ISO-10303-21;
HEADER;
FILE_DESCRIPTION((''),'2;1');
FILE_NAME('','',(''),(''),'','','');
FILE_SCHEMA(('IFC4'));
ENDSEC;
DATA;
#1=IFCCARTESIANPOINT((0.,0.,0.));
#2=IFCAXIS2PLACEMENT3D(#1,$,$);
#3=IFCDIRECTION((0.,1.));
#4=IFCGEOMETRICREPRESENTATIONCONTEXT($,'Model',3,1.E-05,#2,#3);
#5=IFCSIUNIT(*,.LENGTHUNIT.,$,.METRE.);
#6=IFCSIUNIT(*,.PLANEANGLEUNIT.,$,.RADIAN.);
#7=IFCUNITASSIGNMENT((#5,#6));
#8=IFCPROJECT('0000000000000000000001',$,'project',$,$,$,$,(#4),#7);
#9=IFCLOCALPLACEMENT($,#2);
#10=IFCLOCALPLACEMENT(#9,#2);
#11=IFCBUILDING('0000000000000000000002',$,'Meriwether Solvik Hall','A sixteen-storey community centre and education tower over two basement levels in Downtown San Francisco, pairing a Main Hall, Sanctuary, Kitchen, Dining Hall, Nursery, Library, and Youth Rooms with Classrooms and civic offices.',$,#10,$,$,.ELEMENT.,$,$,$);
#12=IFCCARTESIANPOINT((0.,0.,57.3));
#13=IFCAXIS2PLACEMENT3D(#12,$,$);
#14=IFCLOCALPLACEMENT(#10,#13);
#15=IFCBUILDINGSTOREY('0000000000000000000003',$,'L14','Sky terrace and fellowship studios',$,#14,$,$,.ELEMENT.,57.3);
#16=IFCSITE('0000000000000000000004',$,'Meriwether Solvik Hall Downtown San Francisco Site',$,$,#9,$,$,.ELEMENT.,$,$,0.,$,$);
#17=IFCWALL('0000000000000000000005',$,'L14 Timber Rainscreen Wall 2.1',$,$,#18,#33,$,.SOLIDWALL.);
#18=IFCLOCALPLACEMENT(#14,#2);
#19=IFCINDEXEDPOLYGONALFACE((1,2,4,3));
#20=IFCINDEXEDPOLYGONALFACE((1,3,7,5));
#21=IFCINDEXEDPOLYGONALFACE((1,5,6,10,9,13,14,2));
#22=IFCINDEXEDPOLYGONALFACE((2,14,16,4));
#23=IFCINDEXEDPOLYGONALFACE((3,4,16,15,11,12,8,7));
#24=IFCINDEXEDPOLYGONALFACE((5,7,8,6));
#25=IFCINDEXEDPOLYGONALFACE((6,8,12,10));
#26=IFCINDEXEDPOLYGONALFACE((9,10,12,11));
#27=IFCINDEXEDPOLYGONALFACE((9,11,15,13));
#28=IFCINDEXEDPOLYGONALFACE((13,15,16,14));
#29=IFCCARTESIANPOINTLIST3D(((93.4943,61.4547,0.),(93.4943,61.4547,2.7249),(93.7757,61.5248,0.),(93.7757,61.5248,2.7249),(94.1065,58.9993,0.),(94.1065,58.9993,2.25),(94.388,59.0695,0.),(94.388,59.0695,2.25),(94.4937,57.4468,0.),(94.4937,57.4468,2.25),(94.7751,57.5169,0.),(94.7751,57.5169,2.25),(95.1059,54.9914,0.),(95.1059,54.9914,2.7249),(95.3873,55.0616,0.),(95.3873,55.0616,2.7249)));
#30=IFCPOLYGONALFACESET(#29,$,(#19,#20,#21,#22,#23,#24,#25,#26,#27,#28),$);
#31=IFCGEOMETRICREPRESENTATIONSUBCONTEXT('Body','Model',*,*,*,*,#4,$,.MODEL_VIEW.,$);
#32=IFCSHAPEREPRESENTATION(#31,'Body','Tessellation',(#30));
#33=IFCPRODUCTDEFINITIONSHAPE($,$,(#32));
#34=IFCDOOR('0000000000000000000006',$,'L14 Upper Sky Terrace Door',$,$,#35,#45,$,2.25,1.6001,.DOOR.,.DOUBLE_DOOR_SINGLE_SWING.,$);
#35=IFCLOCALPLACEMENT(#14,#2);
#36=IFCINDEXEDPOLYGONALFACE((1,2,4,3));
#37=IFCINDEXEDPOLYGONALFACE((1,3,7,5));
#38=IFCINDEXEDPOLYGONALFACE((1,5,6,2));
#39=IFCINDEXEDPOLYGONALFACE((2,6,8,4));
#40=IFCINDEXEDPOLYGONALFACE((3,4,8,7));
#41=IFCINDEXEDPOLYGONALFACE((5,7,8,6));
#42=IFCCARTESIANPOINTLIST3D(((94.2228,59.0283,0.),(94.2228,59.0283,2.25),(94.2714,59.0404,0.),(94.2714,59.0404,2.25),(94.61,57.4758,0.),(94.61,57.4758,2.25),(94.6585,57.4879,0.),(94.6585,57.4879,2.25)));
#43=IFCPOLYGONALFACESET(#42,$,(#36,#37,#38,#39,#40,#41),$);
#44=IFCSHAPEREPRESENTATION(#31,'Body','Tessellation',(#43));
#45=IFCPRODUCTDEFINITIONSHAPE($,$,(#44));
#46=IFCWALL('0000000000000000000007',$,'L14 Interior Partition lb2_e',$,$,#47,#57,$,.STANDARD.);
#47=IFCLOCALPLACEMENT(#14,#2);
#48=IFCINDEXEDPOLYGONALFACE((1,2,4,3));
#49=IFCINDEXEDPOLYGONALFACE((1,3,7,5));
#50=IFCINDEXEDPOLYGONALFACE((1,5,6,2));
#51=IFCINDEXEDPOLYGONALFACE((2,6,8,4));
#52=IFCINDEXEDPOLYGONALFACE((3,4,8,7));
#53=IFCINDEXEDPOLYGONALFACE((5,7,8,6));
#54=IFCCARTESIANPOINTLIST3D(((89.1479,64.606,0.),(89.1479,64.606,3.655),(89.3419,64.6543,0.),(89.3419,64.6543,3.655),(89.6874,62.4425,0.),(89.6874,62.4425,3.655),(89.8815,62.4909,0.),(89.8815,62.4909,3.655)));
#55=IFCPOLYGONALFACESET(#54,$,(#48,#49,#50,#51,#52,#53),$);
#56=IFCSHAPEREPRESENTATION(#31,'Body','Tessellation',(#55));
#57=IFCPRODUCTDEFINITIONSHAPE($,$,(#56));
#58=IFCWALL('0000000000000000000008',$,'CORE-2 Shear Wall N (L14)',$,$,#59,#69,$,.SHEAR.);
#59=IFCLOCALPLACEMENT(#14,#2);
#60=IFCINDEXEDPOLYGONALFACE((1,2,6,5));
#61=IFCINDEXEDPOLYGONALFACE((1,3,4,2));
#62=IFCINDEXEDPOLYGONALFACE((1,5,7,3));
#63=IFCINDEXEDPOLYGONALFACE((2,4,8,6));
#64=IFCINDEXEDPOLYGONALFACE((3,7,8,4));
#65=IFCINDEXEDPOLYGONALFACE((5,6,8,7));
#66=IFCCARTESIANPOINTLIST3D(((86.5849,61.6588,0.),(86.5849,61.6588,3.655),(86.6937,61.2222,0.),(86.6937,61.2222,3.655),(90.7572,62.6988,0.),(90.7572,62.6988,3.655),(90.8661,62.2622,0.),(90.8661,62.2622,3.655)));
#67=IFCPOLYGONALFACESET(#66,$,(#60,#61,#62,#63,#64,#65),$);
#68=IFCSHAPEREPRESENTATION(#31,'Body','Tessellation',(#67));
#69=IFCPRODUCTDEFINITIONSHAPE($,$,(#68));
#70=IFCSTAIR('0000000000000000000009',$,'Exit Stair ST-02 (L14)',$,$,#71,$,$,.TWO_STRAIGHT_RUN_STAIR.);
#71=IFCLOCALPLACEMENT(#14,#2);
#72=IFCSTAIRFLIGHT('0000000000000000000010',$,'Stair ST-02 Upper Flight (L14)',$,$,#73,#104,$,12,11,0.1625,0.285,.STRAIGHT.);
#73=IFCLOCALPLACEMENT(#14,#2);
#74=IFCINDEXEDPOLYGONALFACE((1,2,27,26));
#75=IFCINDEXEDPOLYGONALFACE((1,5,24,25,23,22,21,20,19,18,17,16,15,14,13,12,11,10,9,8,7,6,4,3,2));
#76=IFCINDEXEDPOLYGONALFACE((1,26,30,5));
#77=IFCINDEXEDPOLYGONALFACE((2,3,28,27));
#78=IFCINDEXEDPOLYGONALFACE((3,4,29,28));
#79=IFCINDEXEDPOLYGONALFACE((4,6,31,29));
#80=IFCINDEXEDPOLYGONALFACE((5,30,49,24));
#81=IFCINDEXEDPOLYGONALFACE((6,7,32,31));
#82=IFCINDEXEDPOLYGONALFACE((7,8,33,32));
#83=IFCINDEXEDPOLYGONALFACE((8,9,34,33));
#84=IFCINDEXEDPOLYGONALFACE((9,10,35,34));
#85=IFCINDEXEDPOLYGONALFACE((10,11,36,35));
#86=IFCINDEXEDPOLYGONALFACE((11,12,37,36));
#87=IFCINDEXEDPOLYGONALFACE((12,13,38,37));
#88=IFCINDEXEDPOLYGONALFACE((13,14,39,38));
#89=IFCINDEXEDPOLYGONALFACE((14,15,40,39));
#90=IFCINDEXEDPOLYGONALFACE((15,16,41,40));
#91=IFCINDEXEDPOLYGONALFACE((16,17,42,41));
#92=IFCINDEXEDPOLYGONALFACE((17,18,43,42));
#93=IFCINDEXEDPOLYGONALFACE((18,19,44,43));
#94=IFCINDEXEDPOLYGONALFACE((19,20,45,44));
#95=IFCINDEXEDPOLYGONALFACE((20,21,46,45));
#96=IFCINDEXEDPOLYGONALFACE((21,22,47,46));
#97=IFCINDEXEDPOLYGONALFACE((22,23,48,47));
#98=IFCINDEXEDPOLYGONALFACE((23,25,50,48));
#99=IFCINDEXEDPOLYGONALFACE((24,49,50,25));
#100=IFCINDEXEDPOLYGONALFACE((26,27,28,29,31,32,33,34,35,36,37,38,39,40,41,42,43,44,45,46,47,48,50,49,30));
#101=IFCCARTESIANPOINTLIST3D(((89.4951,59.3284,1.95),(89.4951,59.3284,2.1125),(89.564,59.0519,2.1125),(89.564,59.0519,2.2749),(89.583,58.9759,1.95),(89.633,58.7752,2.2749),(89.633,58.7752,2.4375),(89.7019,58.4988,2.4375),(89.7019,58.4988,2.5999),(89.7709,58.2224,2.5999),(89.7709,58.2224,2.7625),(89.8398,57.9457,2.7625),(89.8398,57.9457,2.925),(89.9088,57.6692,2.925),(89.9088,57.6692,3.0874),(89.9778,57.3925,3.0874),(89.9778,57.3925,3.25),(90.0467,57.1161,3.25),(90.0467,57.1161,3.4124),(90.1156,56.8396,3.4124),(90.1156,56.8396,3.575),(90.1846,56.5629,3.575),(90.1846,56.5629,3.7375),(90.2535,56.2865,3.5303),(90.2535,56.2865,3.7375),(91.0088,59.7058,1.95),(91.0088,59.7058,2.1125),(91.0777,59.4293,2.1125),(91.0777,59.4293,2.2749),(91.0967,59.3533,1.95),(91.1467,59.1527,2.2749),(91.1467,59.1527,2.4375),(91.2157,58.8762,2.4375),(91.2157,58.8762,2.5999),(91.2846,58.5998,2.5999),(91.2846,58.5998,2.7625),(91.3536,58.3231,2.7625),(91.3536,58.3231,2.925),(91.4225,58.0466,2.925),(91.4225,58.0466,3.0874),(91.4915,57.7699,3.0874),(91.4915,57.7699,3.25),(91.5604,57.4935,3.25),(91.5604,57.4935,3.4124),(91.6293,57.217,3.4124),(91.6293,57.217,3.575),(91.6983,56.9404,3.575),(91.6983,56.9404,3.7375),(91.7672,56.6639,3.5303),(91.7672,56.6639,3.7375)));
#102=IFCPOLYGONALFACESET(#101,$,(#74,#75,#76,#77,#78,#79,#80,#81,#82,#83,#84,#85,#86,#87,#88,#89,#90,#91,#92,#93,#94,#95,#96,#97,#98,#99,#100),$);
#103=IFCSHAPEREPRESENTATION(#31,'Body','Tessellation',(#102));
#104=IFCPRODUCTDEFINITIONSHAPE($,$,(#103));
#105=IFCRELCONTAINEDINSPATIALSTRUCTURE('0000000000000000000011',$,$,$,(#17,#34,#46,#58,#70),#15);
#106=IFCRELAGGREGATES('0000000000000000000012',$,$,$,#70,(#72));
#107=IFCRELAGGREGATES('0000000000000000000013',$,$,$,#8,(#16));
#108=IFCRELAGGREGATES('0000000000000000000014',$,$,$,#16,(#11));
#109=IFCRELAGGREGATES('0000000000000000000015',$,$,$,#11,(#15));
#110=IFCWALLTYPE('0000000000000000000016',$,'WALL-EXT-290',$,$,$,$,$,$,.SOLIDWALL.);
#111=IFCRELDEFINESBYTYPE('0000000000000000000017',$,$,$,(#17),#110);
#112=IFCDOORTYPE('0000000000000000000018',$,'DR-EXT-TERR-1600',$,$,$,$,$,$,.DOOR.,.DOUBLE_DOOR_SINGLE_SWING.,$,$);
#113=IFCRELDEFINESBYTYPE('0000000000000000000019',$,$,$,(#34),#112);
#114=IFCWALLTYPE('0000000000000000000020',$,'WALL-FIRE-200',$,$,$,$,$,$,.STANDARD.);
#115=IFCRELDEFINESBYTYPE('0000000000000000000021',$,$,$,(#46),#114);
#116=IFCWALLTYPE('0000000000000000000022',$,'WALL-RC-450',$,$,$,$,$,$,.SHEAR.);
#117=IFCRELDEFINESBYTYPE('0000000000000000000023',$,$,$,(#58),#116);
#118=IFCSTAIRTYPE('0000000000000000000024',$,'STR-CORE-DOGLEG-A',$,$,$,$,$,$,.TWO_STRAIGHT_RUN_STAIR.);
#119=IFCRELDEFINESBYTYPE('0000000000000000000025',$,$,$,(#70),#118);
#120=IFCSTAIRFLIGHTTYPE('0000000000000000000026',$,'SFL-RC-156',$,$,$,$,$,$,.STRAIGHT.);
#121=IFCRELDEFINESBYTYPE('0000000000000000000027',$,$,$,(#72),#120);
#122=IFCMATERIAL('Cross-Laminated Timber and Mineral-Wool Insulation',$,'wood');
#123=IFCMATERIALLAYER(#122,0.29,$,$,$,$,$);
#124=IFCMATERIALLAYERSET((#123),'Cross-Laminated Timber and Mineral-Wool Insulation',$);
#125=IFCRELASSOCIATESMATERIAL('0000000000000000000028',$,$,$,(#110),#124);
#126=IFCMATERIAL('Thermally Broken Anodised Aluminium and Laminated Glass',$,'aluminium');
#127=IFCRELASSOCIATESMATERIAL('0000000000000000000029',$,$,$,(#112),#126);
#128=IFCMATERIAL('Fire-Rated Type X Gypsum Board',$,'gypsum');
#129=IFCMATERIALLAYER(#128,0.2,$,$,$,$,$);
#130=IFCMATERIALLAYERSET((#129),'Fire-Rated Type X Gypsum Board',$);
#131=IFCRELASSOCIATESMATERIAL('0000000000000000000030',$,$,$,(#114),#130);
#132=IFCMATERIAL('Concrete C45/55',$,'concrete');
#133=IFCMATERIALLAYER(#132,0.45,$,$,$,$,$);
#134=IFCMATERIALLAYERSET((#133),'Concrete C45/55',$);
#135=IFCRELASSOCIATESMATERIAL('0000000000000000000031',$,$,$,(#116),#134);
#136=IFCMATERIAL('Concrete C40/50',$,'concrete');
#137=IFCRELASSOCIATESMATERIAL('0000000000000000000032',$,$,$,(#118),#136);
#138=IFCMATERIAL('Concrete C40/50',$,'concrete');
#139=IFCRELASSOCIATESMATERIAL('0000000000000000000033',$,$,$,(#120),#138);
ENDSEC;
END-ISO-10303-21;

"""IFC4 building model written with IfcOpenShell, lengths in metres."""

from ifc_helpers import new_model, si_unit, direction, frame, frame_2d, origin, place, context, subcontext, project, spatial, polyline, rectangle, outline, extrude, material, layer, layer_set, type_object, element, fill, aggregate, save


model = new_model("IFC4")

# Units and contexts
model_context = context("Model", 3, precision=1e-05, world=origin(), true_north=direction((0.0, 1.0)))
body_context = subcontext(model_context, "Body", "Model", "MODEL_VIEW")
ifc_project = project(units=[si_unit("LENGTHUNIT", "METRE"), si_unit("PLANEANGLEUNIT", "RADIAN")], contexts=[model_context])

# Site, building, storey
site_placement = place(None, origin())
site = spatial("IfcSite", under=ifc_project, at=site_placement, Name="Meriwether Solvik Hall Downtown San Francisco Site", CompositionType="ELEMENT", RefElevation=0.0)
building_placement = place(site_placement, origin())
building = spatial("IfcBuilding", under=site, at=building_placement, Name="Meriwether Solvik Hall", Description="A sixteen-storey community centre and education tower over two basement levels in Downtown San Francisco, pairing a Main Hall, Sanctuary, Kitchen, Dining Hall, Nursery, Library, and Youth Rooms with Classrooms and civic offices.", CompositionType="ELEMENT")
storey_placement = place(building_placement, frame((0.0, 0.0, 57.3)))
storey = spatial("IfcBuildingStorey", under=building, at=storey_placement, Name="L14", Description="Sky terrace and fellowship studios", CompositionType="ELEMENT", Elevation=57.3)

# Wall, opening, door
ifc_material_1 = material(Name="Cross-Laminated Timber and Mineral-Wool Insulation", Category="wood")
ifc_layer_1 = layer(ifc_material_1, 0.29)
ifc_layer_set_1 = layer_set([ifc_layer_1], Name="Cross-Laminated Timber and Mineral-Wool Insulation")
wall_type_1 = type_object("IfcWallType", Name="WALL-EXT-290", PredefinedType="SOLIDWALL", material=ifc_layer_set_1)
wall_1_placement = place(storey_placement, frame((93.635, 61.4897, 0.0), z_axis=(0.0, 0.0, 1.0), x_axis=(0.241941, -0.970291, 0.0)))
wall_1 = element("IfcWall", 1, at=wall_1_placement, inside=storey, type_object=wall_type_1, Name="L14 Timber Rainscreen Wall 2.1", PredefinedType="SOLIDWALL", context=body_context, shape_type="SweptSolid", body=[
    extrude(rectangle(XDim=6.6611, YDim=0.29, at=frame_2d((3.3306, 0.0))), origin(), (0.0, 0.0, 1.0), 2.7249),
])
opening_placement = place(wall_1_placement, frame((2.5305, 0.0, 0.0)))
opening = element("IfcOpeningElement", 2, at=opening_placement, cuts=wall_1, PredefinedType="OPENING", context=body_context, shape_type="SweptSolid", body=[
    extrude(rectangle(XDim=1.6001, YDim=2.25, at=frame_2d((0.8, 1.125))), frame((0.0, 0.157, 0.0), z_axis=(0.0, -1.0, 0.0), x_axis=(1.0, 0.0, 0.0)), (0.0, 0.0, 1.0), 0.314),
])
ifc_material_2 = material(Name="Thermally Broken Anodised Aluminium and Laminated Glass", Category="aluminium")
door_type = type_object("IfcDoorType", Name="DR-EXT-TERR-1600", OperationType="DOUBLE_DOOR_SINGLE_SWING", PredefinedType="DOOR", material=ifc_material_2)
door_placement = place(opening_placement, origin())
door = element("IfcDoor", 3, at=door_placement, inside=storey, type_object=door_type, Name="L14 Upper Sky Terrace Door", OperationType="DOUBLE_DOOR_SINGLE_SWING", OverallHeight=2.25, OverallWidth=1.6001, PredefinedType="DOOR", context=body_context, shape_type="SweptSolid", body=[
    extrude(rectangle(XDim=1.6001, YDim=2.25, at=frame_2d((0.8, 1.125))), frame((0.0, 0.0249, 0.0), z_axis=(0.0, -1.0, 0.0), x_axis=(1.0, 0.0, 0.0)), (0.0, 0.0, 1.0), 0.05),
])
fill(opening, door)

# Walls
ifc_material_3 = material(Name="Fire-Rated Type X Gypsum Board", Category="gypsum")
ifc_layer_2 = layer(ifc_material_3, 0.2)
ifc_layer_set_2 = layer_set([ifc_layer_2], Name="Fire-Rated Type X Gypsum Board")
wall_type_2 = type_object("IfcWallType", Name="WALL-FIRE-200", PredefinedType="STANDARD", material=ifc_layer_set_2)
wall_2_placement = place(storey_placement, frame((89.7844, 62.4668, 0.0), z_axis=(0.0, 0.0, 1.0), x_axis=(-0.241969, 0.970284, 0.0)))
element("IfcWall", 4, at=wall_2_placement, inside=storey, type_object=wall_type_2, Name="L14 Interior Partition lb2_e", PredefinedType="STANDARD", context=body_context, shape_type="SweptSolid", body=[
    extrude(rectangle(XDim=2.2297, YDim=0.2, at=frame_2d((1.1147, 0.0))), origin(), (0.0, 0.0, 1.0), 3.655),
])
ifc_material_4 = material(Name="Concrete C45/55", Category="concrete")
ifc_layer_3 = layer(ifc_material_4, 0.45)
ifc_layer_set_3 = layer_set([ifc_layer_3], Name="Concrete C45/55")
wall_type_3 = type_object("IfcWallType", Name="WALL-RC-450", PredefinedType="SHEAR", material=ifc_layer_set_3)
wall_3_placement = place(storey_placement, frame((90.8115, 62.4805, 0.0), z_axis=(0.0, 0.0, 1.0), x_axis=(-0.970309, -0.241868, 0.0)))
element("IfcWall", 5, at=wall_3_placement, inside=storey, type_object=wall_type_3, Name="CORE-2 Shear Wall N (L14)", PredefinedType="SHEAR", context=body_context, shape_type="SweptSolid", body=[
    extrude(rectangle(XDim=4.3, YDim=0.45, at=frame_2d((2.1499, 0.0))), origin(), (0.0, 0.0, 1.0), 3.655),
])

# Stair, stair flight
ifc_material_5 = material(Name="Concrete C40/50", Category="concrete")
stair_type = type_object("IfcStairType", Name="STR-CORE-DOGLEG-A", PredefinedType="TWO_STRAIGHT_RUN_STAIR", material=ifc_material_5)
stair_placement = place(storey_placement, origin())
stair = element("IfcStair", 6, at=stair_placement, inside=storey, type_object=stair_type, Name="Exit Stair ST-02 (L14)", PredefinedType="TWO_STRAIGHT_RUN_STAIR")
ifc_material_6 = material(Name="Concrete C40/50", Category="concrete")
stair_flight_type = type_object("IfcStairFlightType", Name="SFL-RC-156", PredefinedType="STRAIGHT", material=ifc_material_6)
stair_flight_placement = place(storey_placement, frame((90.252, 59.5171, 1.95), z_axis=(0.0, 0.0, 1.0), x_axis=(0.241922, -0.970296, 0.0)))
stair_flight = element("IfcStairFlight", 7, at=stair_flight_placement, type_object=stair_flight_type, Name="Stair ST-02 Upper Flight (L14)", NumberOfRisers=12, NumberOfTreads=11, PredefinedType="STRAIGHT", RiserHeight=0.1625, TreadLength=0.285, context=body_context, shape_type="SweptSolid", body=[
    extrude(outline(polyline([(0.0, 0.0), (0.0, 0.1626), (0.2849, 0.1626), (0.2849, 0.325), (0.5701, 0.325), (0.5701, 0.4875), (0.855, 0.4875), (0.855, 0.6499), (1.1399, 0.6499), (1.1399, 0.8125), (1.425, 0.8125), (1.425, 0.9751), (1.71, 0.9751), (1.71, 1.1375), (1.9951, 1.1375), (1.9951, 1.3), (2.28, 1.3), (2.28, 1.4624), (2.5649, 1.4624), (2.5649, 1.625), (2.8501, 1.625), (2.8501, 1.7876), (3.135, 1.7876), (3.135, 1.95), (3.135, 1.5803), (0.3633, 0.0), (0.0, 0.0)])), frame((0.0, 0.78, 0.0), z_axis=(0.0, -1.0, 0.0), x_axis=(1.0, 0.0, 0.0)), (0.0, 0.0, 1.0), 1.5601),
])
aggregate(stair, [stair_flight])

save(model, "model.ifc")
